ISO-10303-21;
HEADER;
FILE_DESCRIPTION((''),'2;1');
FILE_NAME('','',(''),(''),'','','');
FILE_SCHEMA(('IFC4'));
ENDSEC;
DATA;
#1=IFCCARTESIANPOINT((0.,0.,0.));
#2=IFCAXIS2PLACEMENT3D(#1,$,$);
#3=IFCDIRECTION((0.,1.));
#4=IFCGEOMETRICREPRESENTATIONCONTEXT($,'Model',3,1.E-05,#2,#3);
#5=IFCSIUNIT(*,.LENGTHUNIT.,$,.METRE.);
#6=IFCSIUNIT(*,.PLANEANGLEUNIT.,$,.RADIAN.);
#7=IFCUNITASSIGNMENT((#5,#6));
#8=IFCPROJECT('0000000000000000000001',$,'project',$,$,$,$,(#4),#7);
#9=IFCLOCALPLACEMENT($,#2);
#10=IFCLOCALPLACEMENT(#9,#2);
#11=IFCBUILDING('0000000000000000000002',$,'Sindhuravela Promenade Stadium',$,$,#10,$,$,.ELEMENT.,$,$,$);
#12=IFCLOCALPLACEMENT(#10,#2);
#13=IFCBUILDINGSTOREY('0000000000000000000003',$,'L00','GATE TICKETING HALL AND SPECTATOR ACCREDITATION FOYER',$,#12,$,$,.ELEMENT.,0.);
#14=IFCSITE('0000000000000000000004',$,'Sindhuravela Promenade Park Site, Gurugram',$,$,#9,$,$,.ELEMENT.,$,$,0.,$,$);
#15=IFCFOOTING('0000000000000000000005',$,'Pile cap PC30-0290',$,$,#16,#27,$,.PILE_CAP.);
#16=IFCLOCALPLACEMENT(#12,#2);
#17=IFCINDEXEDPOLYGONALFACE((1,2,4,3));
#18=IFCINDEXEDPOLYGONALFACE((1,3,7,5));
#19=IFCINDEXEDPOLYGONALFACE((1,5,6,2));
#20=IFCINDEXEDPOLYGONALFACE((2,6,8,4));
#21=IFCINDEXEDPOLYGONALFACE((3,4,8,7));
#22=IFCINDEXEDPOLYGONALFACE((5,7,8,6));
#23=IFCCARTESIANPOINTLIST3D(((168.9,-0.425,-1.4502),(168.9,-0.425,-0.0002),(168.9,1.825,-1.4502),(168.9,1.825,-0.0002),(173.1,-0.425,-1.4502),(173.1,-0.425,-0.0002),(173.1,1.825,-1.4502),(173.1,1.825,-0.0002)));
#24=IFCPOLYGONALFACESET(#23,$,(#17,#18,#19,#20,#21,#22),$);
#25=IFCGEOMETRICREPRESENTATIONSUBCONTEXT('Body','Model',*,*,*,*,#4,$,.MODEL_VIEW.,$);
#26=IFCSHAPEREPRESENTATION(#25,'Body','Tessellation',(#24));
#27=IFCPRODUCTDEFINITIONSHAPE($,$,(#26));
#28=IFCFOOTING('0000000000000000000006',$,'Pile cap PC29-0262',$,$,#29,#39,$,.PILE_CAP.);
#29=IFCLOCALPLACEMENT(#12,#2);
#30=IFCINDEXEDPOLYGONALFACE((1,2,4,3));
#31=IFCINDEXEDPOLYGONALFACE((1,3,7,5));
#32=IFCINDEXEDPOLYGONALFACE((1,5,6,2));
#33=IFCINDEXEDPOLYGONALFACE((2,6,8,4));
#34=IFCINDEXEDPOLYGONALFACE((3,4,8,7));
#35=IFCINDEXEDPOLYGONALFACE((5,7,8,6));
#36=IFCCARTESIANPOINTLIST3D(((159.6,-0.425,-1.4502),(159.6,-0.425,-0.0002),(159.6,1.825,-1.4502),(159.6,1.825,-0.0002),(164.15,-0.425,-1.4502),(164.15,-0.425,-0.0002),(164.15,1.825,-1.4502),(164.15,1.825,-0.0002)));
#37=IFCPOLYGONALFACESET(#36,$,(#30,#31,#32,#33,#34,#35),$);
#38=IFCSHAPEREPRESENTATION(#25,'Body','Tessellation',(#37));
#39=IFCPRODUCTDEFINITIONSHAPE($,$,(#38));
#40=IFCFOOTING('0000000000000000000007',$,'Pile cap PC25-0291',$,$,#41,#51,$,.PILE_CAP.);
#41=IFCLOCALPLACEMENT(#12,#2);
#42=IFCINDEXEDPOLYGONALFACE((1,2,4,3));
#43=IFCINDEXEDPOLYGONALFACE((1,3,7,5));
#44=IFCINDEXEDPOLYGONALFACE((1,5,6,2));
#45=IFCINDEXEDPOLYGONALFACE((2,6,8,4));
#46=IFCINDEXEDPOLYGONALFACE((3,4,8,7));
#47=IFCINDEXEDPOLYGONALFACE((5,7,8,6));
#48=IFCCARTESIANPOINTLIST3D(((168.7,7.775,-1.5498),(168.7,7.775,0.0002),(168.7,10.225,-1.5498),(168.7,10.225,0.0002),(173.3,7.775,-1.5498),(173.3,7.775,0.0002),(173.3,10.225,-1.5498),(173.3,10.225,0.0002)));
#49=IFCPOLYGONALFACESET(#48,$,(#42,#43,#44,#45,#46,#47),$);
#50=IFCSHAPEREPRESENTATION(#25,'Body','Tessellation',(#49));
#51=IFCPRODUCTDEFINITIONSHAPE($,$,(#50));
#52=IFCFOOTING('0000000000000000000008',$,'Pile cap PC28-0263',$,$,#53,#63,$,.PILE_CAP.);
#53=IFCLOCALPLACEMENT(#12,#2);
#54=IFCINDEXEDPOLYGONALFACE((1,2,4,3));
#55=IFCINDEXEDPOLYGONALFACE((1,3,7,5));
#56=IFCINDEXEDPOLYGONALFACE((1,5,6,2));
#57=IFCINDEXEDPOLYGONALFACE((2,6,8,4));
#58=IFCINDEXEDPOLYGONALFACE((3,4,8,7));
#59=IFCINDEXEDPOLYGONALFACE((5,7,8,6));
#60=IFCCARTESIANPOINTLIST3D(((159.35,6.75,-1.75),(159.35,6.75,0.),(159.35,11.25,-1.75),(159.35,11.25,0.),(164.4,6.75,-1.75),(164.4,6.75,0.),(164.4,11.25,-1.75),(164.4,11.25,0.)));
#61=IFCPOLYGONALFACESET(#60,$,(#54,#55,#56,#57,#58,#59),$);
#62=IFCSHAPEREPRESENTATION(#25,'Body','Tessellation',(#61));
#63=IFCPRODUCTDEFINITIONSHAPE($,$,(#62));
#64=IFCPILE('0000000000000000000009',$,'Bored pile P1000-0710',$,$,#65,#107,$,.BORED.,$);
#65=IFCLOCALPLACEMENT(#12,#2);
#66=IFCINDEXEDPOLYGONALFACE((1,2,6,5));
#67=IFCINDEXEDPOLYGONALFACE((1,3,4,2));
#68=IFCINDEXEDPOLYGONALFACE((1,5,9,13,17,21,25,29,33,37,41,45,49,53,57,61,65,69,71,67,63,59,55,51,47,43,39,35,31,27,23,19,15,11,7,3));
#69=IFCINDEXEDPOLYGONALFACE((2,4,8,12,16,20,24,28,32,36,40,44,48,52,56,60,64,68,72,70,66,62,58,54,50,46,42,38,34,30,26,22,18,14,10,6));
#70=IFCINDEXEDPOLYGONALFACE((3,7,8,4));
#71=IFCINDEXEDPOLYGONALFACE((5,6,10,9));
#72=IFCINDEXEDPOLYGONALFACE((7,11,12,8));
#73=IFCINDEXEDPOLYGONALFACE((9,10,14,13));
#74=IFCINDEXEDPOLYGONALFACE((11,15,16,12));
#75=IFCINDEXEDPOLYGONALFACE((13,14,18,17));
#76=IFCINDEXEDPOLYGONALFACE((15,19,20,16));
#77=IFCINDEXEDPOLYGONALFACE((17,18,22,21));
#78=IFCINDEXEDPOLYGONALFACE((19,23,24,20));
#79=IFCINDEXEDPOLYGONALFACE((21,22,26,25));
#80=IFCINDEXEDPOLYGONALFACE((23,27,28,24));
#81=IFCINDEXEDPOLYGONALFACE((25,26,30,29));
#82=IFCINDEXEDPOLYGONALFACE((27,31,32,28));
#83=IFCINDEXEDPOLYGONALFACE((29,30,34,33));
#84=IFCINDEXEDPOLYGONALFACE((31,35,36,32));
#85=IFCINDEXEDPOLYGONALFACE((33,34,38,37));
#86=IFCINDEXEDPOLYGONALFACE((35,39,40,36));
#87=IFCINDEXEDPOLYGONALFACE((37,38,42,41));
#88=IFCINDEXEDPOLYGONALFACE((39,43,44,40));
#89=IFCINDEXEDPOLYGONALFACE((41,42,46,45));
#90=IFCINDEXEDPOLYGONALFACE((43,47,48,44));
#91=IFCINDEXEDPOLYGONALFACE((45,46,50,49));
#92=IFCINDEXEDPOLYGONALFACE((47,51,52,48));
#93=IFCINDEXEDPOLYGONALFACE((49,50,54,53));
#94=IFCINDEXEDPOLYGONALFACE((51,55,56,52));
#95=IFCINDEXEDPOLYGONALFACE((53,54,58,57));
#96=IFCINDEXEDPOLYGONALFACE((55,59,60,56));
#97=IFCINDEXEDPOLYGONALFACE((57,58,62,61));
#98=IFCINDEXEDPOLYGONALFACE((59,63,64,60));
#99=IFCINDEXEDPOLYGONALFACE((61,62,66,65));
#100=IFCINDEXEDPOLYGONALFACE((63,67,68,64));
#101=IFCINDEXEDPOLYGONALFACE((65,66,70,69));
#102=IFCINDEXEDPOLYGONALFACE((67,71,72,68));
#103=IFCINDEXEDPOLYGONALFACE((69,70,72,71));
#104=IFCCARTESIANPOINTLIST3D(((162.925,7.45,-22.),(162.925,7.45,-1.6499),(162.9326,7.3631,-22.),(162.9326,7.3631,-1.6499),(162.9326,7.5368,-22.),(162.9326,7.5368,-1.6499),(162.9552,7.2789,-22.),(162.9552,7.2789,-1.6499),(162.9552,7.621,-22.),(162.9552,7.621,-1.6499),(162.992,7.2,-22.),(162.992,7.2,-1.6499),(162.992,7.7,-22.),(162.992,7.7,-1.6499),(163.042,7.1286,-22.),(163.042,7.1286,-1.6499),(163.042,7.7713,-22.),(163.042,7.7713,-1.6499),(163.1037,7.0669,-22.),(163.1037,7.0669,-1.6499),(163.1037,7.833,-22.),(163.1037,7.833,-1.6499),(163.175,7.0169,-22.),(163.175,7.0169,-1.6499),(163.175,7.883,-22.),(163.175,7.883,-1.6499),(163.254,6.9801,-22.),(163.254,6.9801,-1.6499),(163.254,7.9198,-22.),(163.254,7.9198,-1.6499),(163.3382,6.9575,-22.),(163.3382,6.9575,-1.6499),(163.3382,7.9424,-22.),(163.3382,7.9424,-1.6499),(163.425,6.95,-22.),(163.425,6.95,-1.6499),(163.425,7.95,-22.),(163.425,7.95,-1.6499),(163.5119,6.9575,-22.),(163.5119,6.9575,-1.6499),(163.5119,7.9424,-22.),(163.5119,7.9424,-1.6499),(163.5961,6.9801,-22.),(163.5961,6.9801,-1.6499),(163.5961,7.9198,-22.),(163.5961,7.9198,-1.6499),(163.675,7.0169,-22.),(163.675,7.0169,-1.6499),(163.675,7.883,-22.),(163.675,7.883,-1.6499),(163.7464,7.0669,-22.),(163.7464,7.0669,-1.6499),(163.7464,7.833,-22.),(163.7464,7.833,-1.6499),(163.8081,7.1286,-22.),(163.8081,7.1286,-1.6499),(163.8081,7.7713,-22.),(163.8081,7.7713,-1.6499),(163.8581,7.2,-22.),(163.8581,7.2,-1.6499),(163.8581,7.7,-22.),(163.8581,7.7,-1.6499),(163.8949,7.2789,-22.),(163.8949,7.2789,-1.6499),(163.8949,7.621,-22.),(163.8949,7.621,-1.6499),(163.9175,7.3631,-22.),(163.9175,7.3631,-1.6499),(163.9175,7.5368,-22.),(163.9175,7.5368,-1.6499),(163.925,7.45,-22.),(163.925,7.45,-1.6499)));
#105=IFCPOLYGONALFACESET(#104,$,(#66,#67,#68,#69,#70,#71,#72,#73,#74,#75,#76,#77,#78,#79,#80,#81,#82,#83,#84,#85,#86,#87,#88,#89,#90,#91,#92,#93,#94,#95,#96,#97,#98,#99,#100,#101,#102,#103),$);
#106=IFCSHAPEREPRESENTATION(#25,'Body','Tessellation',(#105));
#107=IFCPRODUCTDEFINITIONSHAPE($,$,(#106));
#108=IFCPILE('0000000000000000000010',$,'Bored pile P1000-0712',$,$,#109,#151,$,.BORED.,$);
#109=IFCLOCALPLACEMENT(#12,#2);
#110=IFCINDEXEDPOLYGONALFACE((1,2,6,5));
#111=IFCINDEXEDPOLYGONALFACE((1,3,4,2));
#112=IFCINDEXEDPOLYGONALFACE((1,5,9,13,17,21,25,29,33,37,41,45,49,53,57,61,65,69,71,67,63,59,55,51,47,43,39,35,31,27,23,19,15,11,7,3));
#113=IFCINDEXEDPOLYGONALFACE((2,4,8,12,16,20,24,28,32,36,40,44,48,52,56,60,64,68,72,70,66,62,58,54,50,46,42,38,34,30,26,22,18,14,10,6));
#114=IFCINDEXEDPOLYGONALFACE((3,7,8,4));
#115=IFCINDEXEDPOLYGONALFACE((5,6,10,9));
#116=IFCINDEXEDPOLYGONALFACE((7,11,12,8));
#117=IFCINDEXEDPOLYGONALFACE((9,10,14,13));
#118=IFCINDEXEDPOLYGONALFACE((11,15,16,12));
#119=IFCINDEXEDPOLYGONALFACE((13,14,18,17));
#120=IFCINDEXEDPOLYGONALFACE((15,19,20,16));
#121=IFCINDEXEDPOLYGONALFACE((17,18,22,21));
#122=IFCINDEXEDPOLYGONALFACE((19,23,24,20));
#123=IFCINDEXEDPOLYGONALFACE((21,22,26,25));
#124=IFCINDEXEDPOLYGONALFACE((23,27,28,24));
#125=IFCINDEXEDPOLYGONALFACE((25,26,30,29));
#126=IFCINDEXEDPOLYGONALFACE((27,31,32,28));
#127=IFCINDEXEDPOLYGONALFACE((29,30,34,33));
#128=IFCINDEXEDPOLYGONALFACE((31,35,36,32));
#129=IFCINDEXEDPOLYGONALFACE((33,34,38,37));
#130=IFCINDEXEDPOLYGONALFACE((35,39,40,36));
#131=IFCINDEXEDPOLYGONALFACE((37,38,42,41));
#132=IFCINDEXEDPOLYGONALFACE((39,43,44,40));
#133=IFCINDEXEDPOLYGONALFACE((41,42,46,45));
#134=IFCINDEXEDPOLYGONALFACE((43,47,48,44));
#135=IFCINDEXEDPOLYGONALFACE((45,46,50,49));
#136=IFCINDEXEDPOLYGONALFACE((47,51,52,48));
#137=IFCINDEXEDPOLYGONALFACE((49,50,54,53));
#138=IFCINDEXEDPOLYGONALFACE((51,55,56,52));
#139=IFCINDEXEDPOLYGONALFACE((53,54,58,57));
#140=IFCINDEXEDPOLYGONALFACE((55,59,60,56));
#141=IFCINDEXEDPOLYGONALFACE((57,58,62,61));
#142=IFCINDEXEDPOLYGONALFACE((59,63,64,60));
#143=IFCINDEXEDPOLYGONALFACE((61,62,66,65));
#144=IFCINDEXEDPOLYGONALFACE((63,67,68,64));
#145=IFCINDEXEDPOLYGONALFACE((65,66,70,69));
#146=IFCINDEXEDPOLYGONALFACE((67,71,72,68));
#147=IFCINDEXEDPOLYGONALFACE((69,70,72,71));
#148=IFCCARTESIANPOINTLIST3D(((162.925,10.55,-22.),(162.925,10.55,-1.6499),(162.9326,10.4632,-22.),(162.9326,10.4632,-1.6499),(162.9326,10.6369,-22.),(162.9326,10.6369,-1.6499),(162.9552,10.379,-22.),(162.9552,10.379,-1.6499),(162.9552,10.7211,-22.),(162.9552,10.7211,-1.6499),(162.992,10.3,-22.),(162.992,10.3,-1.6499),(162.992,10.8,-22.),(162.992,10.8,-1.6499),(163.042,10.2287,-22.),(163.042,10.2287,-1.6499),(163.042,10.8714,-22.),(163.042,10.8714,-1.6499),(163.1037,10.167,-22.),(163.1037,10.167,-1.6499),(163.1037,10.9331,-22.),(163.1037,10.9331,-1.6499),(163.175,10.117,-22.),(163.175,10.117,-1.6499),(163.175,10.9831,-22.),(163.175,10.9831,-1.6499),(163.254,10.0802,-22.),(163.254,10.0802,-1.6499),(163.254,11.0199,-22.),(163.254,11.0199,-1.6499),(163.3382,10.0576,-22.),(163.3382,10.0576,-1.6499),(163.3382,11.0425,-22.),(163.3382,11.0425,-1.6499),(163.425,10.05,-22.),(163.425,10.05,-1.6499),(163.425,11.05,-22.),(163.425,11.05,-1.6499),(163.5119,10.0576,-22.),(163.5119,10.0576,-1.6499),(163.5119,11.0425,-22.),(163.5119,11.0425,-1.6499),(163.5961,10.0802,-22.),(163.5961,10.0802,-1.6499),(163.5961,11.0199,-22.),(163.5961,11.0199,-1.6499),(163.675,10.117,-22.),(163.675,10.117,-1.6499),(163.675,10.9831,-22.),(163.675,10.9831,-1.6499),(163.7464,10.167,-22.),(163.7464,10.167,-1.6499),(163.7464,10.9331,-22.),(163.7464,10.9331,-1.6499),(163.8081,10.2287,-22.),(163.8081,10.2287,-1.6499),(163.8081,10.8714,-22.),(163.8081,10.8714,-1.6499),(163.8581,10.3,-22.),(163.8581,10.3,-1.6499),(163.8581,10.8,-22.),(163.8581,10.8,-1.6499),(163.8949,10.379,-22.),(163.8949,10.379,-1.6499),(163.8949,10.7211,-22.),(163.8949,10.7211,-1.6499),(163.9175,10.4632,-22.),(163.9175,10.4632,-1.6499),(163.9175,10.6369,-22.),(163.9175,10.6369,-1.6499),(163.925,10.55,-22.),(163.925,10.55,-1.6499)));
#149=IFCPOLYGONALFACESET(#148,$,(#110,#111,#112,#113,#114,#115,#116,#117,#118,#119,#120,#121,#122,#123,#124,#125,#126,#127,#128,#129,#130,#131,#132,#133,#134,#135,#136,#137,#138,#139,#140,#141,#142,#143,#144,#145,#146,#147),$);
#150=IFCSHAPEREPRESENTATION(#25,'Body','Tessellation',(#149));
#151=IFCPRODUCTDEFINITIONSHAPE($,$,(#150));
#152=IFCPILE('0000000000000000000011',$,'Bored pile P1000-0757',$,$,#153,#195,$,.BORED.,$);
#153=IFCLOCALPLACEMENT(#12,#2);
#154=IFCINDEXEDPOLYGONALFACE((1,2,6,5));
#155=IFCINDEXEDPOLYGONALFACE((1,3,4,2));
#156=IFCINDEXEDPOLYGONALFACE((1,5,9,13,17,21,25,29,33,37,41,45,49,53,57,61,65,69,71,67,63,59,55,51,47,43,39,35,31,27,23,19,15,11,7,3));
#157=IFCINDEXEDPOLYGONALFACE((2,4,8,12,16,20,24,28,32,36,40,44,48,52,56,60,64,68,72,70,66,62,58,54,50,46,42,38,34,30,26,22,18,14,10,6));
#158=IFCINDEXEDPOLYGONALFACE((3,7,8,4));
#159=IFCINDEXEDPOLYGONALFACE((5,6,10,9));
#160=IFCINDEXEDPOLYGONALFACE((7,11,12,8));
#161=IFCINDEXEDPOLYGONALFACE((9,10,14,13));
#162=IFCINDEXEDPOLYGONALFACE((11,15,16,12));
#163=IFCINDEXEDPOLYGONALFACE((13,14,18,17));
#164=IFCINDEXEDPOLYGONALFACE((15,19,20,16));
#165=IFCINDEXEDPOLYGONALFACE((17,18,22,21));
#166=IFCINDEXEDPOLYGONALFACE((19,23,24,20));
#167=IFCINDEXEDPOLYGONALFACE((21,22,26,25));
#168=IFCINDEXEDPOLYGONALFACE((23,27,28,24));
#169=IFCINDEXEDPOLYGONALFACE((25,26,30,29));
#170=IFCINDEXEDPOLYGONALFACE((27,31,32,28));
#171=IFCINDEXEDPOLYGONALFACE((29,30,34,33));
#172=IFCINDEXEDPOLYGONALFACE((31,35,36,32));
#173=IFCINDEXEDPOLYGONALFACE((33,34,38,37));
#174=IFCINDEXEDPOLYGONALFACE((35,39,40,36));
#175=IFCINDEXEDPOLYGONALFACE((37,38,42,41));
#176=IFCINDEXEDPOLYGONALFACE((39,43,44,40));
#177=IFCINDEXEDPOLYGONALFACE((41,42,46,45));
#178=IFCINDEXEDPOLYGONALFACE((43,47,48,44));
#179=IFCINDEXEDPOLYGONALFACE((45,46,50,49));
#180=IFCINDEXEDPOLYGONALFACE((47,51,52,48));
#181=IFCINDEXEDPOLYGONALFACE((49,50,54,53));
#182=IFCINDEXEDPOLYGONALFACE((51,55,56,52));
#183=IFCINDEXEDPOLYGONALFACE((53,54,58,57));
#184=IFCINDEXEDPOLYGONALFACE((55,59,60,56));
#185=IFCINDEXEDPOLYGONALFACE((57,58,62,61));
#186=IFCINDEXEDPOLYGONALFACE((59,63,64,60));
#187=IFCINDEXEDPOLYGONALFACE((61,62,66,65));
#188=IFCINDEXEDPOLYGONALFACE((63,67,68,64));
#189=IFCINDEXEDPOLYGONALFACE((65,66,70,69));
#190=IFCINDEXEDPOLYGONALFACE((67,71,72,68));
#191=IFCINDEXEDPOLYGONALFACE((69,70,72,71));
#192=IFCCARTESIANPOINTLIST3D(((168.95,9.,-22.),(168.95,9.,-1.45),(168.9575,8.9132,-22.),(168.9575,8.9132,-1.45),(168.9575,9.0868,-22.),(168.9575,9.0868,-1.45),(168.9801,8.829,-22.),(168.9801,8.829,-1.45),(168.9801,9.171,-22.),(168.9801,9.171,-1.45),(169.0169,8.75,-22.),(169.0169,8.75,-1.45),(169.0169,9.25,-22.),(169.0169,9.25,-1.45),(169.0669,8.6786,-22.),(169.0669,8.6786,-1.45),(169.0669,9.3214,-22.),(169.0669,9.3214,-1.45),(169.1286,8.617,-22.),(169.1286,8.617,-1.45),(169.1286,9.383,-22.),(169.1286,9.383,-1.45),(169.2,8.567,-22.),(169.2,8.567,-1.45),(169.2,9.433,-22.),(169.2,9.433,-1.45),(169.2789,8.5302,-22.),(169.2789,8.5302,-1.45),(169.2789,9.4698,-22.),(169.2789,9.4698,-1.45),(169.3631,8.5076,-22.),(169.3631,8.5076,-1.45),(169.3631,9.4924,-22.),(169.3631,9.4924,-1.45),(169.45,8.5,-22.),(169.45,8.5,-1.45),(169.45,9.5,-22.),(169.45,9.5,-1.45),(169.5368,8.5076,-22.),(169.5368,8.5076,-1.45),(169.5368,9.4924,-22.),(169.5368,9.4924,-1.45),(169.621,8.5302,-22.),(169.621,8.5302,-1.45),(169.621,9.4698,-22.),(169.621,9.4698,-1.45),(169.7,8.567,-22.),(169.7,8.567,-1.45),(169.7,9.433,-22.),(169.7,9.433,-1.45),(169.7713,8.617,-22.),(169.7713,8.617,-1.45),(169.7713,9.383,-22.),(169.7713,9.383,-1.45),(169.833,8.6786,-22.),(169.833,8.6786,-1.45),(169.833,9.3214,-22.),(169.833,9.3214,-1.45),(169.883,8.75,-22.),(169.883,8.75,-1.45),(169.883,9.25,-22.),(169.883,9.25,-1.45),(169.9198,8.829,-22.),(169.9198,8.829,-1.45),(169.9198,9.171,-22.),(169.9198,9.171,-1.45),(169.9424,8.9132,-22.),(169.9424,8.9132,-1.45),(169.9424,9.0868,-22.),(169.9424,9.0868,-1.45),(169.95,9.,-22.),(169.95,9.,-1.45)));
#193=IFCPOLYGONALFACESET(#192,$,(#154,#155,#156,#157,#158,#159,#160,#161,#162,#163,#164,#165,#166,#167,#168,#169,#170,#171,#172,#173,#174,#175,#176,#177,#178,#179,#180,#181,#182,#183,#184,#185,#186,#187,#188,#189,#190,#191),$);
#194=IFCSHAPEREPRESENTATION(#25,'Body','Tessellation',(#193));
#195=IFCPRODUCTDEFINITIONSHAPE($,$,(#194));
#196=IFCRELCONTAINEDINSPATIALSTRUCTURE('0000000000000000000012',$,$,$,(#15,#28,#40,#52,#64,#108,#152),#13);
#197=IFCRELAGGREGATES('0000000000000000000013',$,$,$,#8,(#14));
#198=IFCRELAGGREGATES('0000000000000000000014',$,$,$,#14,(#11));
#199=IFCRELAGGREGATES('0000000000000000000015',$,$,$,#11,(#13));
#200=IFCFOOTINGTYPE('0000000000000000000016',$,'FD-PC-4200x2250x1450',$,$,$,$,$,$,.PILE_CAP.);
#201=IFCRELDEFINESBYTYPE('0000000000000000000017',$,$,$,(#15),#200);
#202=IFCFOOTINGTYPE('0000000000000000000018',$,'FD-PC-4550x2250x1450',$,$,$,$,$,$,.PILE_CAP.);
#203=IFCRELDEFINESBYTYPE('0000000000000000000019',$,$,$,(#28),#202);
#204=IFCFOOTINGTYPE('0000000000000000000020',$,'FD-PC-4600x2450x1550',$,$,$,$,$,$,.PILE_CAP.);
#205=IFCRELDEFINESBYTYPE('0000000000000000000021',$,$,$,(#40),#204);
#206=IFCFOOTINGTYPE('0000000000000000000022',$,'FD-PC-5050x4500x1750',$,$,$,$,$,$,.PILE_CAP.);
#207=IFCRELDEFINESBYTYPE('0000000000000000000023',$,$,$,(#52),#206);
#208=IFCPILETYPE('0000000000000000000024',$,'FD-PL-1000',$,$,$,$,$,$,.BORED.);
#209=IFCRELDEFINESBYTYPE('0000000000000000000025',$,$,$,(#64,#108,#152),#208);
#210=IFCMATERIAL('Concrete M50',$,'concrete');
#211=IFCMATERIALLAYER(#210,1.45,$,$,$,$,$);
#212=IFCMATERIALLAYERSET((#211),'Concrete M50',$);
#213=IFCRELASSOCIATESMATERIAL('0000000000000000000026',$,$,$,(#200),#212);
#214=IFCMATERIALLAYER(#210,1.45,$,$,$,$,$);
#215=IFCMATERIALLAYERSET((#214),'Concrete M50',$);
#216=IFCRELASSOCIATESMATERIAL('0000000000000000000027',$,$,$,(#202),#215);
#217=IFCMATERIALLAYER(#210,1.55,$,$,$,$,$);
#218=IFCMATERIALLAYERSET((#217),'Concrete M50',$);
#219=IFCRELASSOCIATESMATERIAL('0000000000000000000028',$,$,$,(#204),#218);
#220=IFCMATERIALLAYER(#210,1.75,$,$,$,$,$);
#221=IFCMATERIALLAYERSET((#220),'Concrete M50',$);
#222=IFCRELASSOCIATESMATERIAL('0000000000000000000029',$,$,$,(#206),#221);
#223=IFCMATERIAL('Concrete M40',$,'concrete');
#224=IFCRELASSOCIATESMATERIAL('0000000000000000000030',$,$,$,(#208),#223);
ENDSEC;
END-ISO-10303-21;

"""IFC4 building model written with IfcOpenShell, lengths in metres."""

from ifc_helpers import new_model, si_unit, direction, frame, origin, origin_2d, place, context, subcontext, project, spatial, rectangle, circle, extrude, material, layer, layer_set, material_profile, profile_set, type_object, element, save


model = new_model("IFC4")

# Units and contexts
model_context = context("Model", 3, precision=1e-05, world=origin(), true_north=direction((0.0, 1.0)))
body_context = subcontext(model_context, "Body", "Model", "MODEL_VIEW")
ifc_project = project(units=[si_unit("LENGTHUNIT", "METRE"), si_unit("PLANEANGLEUNIT", "RADIAN")], contexts=[model_context])

# Site, building, storey
site_placement = place(None, origin())
site = spatial("IfcSite", under=ifc_project, at=site_placement, Name="Sindhuravela Promenade Park Site, Gurugram", CompositionType="ELEMENT", RefElevation=0.0)
building_placement = place(site_placement, origin())
building = spatial("IfcBuilding", under=site, at=building_placement, Name="Sindhuravela Promenade Stadium", CompositionType="ELEMENT")
storey_placement = place(building_placement, origin())
storey = spatial("IfcBuildingStorey", under=building, at=storey_placement, Name="L00", Description="GATE TICKETING HALL AND SPECTATOR ACCREDITATION FOYER", CompositionType="ELEMENT", Elevation=0.0)

# Footings
ifc_material_1 = material(Name="Concrete M50", Category="concrete")
ifc_layer_1 = layer(ifc_material_1, 1.45)
ifc_layer_set_1 = layer_set([ifc_layer_1], Name="Concrete M50")
footing_type_1 = type_object("IfcFootingType", Name="FD-PC-4200x2250x1450", PredefinedType="PILE_CAP", material=ifc_layer_set_1)
footing_1_placement = place(storey_placement, frame((171.0, 0.7, -1.4502), z_axis=(0.0, 0.0, 1.0), x_axis=(1.0, 0.0, 0.0)))
element("IfcFooting", 1, at=footing_1_placement, inside=storey, type_object=footing_type_1, Name="Pile cap PC30-0290", PredefinedType="PILE_CAP", context=body_context, shape_type="SweptSolid", body=[
    extrude(rectangle(XDim=4.2, YDim=2.25, at=origin_2d()), origin(), (0.0, 0.0, 1.0), 1.45),
])
ifc_layer_2 = layer(ifc_material_1, 1.45)
ifc_layer_set_2 = layer_set([ifc_layer_2], Name="Concrete M50")
footing_type_2 = type_object("IfcFootingType", Name="FD-PC-4550x2250x1450", PredefinedType="PILE_CAP", material=ifc_layer_set_2)
footing_2_placement = place(storey_placement, frame((161.875, 0.7, -1.4502), z_axis=(0.0, 0.0, 1.0), x_axis=(1.0, 0.0, 0.0)))
element("IfcFooting", 2, at=footing_2_placement, inside=storey, type_object=footing_type_2, Name="Pile cap PC29-0262", PredefinedType="PILE_CAP", context=body_context, shape_type="SweptSolid", body=[
    extrude(rectangle(XDim=4.55, YDim=2.25, at=origin_2d()), origin(), (0.0, 0.0, 1.0), 1.45),
])
ifc_layer_3 = layer(ifc_material_1, 1.55)
ifc_layer_set_3 = layer_set([ifc_layer_3], Name="Concrete M50")
footing_type_3 = type_object("IfcFootingType", Name="FD-PC-4600x2450x1550", PredefinedType="PILE_CAP", material=ifc_layer_set_3)
footing_3_placement = place(storey_placement, frame((171.0, 9.0, -1.5498), z_axis=(0.0, 0.0, 1.0), x_axis=(1.0, 0.0, 0.0)))
element("IfcFooting", 3, at=footing_3_placement, inside=storey, type_object=footing_type_3, Name="Pile cap PC25-0291", PredefinedType="PILE_CAP", context=body_context, shape_type="SweptSolid", body=[
    extrude(rectangle(XDim=4.6001, YDim=2.45, at=origin_2d()), origin(), (0.0, 0.0, 1.0), 1.55),
])
ifc_layer_4 = layer(ifc_material_1, 1.75)
ifc_layer_set_4 = layer_set([ifc_layer_4], Name="Concrete M50")
footing_type_4 = type_object("IfcFootingType", Name="FD-PC-5050x4500x1750", PredefinedType="PILE_CAP", material=ifc_layer_set_4)
footing_4_placement = place(storey_placement, frame((161.875, 9.0, -1.75), z_axis=(0.0, 0.0, 1.0), x_axis=(1.0, 0.0, 0.0)))
element("IfcFooting", 4, at=footing_4_placement, inside=storey, type_object=footing_type_4, Name="Pile cap PC28-0263", PredefinedType="PILE_CAP", context=body_context, shape_type="SweptSolid", body=[
    extrude(rectangle(XDim=5.05, YDim=4.5, at=origin_2d()), origin(), (0.0, 0.0, 1.0), 1.75),
])

# Piles
ifc_material_2 = material(Name="Concrete M40", Category="concrete")
ifc_material_profile_1 = material_profile(ifc_material_2, circle(Radius=0.5, at=origin_2d()), Name="BORED PILE D1000")
ifc_profile_set_1 = profile_set([ifc_material_profile_1], Name="Concrete M40")
pile_type_1 = type_object("IfcPileType", Name="FD-PL-1000", PredefinedType="BORED", material=ifc_profile_set_1)
for number, where, z_axis, x_axis, name in (
    (5, (163.425, 7.45, -1.6499), (0.0, 0.0, -1.0), (1.0, 0.0, 0.0), "Bored pile P1000-0710"),
    (6, (163.425, 10.55, -1.6499), (0.0, 0.0, -1.0), (1.0, 0.0, 0.0), "Bored pile P1000-0712"),
):
    element("IfcPile", number, at=place(storey_placement, frame(where, z_axis=z_axis, x_axis=x_axis)), inside=storey, type_object=pile_type_1, Name=name, PredefinedType="BORED", context=body_context, shape_type="SweptSolid", body=[
        extrude(circle(Radius=0.5, at=origin_2d()), origin(), (0.0, 0.0, 1.0), 20.3501),
    ])
for number, where, z_axis, x_axis, name in (
    (7, (169.45, 9.0, -1.45), (0.0, 0.0, -1.0), (1.0, 0.0, 0.0), "Bored pile P1000-0757"),
):
    element("IfcPile", number, at=place(storey_placement, frame(where, z_axis=z_axis, x_axis=x_axis)), inside=storey, type_object=pile_type_1, Name=name, PredefinedType="BORED", context=body_context, shape_type="SweptSolid", body=[
        extrude(circle(Radius=0.5, at=origin_2d()), origin(), (0.0, 0.0, 1.0), 20.55),
    ])

save(model, "model.ifc")
